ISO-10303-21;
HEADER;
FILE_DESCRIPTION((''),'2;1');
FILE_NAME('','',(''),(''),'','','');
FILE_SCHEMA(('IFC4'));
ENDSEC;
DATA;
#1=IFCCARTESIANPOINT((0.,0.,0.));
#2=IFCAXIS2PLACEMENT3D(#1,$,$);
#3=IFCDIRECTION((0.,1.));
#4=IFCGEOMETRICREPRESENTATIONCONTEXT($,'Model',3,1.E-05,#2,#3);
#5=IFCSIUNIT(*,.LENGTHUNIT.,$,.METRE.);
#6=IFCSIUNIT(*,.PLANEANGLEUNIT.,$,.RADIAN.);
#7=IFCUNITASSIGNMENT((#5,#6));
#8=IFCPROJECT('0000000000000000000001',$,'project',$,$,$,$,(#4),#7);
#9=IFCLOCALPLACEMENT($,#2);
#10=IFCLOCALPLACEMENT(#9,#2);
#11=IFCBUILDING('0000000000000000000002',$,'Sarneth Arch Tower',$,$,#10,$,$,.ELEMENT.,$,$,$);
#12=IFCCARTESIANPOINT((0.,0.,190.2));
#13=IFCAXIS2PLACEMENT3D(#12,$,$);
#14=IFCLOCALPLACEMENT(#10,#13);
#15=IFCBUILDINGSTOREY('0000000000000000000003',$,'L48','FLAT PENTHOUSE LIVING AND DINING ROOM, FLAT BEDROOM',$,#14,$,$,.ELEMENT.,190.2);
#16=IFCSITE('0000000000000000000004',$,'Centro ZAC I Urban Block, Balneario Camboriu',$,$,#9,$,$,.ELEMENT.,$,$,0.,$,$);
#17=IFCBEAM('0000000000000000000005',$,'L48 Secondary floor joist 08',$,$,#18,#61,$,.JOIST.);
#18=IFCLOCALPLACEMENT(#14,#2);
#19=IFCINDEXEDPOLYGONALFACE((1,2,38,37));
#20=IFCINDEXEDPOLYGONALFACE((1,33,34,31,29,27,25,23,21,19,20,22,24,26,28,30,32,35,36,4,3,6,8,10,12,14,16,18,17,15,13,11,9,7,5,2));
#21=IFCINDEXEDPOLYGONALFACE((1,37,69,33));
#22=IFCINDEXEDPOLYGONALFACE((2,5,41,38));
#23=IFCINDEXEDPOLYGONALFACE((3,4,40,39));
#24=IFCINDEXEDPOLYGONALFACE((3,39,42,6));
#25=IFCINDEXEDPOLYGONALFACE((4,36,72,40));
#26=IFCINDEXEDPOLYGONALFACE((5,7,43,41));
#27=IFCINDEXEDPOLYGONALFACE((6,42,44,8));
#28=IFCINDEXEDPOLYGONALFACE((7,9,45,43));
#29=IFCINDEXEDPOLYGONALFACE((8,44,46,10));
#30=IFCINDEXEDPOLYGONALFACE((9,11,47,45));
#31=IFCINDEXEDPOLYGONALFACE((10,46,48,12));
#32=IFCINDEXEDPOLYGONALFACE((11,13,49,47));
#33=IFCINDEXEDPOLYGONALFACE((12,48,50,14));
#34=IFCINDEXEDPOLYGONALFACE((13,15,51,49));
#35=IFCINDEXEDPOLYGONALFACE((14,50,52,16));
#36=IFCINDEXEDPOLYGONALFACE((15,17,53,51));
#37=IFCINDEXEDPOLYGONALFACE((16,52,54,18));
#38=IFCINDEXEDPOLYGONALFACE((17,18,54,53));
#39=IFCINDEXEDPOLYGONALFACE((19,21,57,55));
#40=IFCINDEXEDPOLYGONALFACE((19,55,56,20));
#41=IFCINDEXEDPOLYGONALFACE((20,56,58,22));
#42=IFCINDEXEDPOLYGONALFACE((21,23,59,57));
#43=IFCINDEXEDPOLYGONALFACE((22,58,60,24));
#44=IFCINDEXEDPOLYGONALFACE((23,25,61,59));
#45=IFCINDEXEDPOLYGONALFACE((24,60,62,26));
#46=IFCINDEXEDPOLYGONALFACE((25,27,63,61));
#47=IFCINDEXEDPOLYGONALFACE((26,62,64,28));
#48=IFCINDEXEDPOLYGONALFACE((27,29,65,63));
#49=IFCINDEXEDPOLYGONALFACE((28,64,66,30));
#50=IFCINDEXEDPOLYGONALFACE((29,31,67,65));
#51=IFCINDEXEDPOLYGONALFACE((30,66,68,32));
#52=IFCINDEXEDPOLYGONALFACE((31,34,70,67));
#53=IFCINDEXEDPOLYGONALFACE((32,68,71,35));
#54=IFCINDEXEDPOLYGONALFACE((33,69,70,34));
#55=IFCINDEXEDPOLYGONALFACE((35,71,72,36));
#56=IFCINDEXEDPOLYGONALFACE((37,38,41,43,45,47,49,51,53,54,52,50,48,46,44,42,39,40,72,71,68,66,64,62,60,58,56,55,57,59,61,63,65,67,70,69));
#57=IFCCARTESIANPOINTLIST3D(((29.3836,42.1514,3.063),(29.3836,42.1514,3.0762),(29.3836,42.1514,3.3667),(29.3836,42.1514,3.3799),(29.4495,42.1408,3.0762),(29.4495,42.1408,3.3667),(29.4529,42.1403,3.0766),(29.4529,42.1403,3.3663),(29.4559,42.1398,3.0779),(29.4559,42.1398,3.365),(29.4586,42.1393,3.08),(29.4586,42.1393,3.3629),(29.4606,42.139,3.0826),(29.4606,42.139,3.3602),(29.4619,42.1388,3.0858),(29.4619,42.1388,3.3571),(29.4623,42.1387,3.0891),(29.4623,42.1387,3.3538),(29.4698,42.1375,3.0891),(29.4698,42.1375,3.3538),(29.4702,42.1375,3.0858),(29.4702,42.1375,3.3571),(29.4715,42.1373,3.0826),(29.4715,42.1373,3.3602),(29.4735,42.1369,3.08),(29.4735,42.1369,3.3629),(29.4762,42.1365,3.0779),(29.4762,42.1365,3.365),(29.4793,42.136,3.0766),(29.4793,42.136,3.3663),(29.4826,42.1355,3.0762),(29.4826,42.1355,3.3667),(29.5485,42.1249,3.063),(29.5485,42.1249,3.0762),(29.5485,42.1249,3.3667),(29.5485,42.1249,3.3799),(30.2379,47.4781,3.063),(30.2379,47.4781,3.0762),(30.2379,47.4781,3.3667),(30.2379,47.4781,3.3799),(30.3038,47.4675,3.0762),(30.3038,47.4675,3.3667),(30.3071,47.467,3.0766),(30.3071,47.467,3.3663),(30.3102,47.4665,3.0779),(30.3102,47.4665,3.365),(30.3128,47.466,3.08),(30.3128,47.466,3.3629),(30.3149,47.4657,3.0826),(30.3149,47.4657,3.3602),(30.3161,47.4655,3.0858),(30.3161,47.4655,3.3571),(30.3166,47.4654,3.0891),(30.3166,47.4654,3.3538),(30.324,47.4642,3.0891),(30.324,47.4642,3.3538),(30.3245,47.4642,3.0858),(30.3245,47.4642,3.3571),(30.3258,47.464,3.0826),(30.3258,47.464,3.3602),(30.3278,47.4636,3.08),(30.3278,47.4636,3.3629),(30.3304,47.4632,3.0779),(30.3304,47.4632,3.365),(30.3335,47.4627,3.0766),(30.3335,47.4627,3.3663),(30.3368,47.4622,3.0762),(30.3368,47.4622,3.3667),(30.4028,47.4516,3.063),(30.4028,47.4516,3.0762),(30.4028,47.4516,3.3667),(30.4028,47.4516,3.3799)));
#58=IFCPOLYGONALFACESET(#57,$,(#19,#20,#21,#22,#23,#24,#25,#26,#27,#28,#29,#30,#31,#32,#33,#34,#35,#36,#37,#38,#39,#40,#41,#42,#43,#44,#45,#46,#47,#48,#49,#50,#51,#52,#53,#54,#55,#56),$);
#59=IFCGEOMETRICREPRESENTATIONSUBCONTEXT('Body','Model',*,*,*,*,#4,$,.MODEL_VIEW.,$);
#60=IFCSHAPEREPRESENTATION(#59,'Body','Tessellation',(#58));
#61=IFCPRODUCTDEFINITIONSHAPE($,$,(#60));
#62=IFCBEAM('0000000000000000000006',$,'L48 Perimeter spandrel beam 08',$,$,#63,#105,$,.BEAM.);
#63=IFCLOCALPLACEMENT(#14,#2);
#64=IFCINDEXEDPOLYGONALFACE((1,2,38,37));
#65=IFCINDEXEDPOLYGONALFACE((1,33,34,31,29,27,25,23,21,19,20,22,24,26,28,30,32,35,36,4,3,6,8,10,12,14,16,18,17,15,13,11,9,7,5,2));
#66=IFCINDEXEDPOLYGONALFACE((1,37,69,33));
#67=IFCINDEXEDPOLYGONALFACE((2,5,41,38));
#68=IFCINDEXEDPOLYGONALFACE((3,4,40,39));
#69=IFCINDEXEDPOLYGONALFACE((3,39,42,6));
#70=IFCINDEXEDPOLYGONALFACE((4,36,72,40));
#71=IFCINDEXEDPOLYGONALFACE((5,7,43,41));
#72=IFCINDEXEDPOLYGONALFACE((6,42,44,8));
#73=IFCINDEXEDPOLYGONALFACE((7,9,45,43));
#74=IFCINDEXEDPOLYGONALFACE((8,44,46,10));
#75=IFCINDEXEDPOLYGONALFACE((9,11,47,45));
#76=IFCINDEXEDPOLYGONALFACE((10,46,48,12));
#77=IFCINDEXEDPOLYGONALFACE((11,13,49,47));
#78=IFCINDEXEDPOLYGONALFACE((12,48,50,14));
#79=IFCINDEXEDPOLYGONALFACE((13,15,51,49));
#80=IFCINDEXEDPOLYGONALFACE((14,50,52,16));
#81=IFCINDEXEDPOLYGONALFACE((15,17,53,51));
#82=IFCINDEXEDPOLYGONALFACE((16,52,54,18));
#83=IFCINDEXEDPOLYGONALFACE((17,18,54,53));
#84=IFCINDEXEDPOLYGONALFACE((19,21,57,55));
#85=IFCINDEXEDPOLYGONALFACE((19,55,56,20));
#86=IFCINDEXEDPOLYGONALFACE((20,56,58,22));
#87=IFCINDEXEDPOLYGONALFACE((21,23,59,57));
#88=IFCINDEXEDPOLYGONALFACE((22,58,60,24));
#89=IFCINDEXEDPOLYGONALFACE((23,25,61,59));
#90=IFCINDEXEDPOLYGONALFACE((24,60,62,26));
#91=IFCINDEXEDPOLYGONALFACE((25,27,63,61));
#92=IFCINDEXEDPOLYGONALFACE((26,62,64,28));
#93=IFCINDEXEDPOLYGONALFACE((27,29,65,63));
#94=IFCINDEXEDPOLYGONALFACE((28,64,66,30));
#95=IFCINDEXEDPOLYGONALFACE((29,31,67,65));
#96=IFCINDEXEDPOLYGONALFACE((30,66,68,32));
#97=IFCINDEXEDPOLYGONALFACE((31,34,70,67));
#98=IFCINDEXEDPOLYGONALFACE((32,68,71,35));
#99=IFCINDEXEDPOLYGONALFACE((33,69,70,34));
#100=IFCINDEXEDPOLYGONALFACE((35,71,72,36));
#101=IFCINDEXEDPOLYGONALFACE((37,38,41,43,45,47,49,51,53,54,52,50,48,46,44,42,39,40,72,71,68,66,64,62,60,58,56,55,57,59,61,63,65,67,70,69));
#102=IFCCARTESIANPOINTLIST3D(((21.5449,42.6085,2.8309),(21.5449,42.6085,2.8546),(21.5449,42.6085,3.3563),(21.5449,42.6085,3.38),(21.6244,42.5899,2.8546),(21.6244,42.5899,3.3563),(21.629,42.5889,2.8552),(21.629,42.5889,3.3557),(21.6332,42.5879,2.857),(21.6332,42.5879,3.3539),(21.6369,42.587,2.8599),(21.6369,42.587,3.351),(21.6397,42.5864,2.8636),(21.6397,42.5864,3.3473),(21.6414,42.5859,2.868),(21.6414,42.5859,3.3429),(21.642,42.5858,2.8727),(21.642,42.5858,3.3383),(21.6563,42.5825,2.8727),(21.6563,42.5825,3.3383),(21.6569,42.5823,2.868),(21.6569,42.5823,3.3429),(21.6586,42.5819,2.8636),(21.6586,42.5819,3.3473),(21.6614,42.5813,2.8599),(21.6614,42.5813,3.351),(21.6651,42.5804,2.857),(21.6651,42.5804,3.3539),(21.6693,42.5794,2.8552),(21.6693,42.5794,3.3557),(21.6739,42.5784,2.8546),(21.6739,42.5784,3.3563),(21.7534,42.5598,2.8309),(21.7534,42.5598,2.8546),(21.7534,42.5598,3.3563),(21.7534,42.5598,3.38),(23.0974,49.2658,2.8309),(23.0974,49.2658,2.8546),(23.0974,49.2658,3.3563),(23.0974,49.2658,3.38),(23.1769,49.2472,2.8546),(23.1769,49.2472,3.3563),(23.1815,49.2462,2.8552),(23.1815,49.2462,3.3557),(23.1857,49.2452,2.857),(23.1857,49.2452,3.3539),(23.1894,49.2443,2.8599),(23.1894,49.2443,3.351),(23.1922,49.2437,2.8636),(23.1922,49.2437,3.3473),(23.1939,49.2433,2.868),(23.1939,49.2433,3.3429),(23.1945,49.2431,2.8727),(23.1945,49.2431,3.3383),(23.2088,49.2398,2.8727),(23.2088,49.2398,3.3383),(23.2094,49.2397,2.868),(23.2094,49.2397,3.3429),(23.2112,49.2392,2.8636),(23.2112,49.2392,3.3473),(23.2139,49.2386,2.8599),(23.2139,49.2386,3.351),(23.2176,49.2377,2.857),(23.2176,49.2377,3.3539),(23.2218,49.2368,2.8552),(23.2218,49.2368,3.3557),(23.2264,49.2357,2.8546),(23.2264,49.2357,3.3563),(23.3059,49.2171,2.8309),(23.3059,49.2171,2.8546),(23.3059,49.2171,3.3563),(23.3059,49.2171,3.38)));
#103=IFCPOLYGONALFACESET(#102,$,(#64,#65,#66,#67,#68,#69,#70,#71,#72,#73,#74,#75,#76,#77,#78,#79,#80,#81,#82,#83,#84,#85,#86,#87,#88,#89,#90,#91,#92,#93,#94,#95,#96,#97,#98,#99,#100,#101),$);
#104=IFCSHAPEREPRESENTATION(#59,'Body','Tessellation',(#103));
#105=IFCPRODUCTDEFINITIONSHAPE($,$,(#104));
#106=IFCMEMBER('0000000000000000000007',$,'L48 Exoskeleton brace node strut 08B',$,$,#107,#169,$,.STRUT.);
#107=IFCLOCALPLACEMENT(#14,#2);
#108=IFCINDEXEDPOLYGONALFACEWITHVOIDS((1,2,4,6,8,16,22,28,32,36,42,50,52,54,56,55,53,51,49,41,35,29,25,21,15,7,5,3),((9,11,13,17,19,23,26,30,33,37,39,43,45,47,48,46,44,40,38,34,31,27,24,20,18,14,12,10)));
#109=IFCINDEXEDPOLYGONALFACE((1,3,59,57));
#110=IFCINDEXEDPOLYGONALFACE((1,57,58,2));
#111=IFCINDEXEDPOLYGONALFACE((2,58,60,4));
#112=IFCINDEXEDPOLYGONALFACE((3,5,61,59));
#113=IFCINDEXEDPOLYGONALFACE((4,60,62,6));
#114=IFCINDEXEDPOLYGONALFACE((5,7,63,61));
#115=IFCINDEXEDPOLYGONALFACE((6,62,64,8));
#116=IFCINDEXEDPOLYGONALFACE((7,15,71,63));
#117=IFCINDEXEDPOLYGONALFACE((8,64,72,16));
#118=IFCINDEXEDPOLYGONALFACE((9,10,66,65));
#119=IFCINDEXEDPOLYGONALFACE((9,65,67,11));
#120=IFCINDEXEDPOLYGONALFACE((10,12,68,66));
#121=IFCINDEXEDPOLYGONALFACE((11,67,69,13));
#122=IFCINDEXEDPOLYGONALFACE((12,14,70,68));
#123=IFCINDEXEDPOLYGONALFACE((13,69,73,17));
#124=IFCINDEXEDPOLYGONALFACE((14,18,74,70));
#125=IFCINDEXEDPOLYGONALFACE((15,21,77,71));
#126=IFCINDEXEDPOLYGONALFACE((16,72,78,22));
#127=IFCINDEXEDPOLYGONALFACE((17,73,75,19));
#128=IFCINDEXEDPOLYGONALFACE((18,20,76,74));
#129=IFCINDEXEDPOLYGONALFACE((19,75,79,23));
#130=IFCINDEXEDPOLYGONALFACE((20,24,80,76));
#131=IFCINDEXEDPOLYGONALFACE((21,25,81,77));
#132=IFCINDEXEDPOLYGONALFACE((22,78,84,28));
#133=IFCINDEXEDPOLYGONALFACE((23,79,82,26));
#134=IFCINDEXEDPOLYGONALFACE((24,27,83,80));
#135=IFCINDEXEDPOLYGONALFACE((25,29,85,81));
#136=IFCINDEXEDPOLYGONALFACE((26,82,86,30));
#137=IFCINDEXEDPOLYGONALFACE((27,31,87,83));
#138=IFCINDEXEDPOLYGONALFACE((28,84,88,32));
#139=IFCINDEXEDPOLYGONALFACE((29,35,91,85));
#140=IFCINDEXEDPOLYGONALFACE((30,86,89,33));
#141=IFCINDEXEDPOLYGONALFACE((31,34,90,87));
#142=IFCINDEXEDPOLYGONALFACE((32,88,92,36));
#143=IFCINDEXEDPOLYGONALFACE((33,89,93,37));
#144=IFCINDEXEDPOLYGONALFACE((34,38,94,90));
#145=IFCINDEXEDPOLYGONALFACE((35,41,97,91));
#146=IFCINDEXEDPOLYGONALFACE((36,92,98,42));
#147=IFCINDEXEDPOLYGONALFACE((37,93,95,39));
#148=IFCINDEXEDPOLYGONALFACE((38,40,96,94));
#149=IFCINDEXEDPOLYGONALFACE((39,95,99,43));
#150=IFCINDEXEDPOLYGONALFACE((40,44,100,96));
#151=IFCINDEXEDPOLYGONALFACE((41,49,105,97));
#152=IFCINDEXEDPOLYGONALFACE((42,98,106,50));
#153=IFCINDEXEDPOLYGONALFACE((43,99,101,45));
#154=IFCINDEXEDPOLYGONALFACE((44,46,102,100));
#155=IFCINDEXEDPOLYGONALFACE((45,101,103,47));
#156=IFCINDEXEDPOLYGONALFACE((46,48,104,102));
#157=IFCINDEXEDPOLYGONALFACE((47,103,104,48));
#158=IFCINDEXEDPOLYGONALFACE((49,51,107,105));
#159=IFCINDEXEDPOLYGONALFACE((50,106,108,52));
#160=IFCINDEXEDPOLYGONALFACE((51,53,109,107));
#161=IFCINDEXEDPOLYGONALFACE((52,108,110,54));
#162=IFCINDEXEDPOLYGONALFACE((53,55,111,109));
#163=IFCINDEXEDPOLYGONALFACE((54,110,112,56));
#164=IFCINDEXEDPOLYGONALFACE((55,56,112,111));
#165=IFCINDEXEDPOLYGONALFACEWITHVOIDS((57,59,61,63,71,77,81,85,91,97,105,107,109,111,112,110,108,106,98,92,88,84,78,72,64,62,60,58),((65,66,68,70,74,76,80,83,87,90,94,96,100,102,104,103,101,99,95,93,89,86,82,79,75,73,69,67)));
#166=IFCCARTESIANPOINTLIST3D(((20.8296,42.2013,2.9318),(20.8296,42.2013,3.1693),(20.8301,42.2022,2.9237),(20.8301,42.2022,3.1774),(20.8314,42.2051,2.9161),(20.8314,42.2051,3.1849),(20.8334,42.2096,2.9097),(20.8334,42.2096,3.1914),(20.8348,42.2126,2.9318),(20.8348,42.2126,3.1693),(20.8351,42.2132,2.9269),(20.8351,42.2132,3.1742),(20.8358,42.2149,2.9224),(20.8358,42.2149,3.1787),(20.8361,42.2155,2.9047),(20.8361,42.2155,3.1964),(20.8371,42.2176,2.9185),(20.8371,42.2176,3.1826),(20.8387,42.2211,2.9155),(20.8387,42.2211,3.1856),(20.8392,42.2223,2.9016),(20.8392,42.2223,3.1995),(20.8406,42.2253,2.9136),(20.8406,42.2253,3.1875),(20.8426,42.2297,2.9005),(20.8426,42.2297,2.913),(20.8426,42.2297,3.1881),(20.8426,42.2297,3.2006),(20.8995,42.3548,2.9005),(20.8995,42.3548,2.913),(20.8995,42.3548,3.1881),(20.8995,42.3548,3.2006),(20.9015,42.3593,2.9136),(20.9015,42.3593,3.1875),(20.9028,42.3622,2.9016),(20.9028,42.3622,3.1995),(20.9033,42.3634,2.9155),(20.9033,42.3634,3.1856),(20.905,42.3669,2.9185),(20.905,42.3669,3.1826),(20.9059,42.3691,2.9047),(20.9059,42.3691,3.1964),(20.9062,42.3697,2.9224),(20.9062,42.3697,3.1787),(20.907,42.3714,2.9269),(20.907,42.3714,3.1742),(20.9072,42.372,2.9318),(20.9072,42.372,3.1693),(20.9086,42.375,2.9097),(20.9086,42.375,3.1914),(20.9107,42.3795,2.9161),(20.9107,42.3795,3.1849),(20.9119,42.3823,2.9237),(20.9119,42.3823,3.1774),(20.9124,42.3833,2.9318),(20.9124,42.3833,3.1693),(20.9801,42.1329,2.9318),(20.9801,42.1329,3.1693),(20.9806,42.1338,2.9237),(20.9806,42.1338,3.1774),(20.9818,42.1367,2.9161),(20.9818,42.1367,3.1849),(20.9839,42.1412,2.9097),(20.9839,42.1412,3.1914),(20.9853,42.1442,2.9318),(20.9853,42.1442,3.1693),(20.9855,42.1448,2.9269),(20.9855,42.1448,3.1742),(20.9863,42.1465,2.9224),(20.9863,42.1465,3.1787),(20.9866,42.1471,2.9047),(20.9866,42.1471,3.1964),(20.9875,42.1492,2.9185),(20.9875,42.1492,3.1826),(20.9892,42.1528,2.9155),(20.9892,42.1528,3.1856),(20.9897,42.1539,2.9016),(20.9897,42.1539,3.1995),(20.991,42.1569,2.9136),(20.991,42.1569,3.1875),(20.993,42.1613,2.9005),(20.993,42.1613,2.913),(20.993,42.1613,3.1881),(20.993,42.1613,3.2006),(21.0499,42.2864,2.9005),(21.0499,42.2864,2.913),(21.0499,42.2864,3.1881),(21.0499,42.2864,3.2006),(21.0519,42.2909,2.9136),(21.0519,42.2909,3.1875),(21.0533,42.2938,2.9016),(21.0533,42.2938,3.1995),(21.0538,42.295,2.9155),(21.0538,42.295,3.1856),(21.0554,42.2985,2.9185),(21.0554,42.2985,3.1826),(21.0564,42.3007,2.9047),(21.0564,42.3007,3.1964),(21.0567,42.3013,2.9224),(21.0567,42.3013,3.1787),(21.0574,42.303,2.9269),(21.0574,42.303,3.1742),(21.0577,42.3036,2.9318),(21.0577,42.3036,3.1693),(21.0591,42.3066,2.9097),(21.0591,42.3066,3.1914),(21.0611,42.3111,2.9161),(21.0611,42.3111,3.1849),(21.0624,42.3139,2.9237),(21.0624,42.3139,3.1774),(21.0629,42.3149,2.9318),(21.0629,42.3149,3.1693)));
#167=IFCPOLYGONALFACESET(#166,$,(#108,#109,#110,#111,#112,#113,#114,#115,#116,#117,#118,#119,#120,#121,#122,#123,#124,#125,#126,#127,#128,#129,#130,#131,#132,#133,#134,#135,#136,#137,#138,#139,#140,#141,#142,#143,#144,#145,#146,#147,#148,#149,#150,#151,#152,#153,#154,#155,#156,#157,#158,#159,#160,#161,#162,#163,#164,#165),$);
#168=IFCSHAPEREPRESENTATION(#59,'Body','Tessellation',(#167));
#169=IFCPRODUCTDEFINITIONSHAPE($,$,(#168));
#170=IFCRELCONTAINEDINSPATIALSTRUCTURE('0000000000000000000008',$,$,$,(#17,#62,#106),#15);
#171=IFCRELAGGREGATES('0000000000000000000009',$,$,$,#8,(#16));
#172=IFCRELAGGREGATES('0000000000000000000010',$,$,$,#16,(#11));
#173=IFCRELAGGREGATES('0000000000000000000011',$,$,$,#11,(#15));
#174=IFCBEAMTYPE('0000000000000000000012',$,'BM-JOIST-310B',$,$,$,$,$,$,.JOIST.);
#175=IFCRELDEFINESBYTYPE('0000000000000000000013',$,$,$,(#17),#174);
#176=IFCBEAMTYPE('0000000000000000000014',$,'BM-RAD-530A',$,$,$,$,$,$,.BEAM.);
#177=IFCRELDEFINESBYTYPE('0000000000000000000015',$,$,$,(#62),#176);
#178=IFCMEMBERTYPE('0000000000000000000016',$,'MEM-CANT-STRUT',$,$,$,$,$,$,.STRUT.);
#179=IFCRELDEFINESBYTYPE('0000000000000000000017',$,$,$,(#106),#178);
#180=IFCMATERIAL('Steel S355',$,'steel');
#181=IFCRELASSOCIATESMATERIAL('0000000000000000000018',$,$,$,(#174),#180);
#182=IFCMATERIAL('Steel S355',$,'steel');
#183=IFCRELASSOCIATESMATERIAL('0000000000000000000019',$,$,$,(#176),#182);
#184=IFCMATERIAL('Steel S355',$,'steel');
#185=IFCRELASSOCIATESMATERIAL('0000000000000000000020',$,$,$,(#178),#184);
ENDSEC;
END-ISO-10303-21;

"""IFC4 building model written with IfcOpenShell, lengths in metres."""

from ifc_helpers import new_model, si_unit, direction, frame, origin, origin_2d, place, context, subcontext, project, spatial, hollow_rectangle, i_section, extrude, material, material_profile, profile_set, type_object, element, save


model = new_model("IFC4")

# Units and contexts
model_context = context("Model", 3, precision=1e-05, world=origin(), true_north=direction((0.0, 1.0)))
body_context = subcontext(model_context, "Body", "Model", "MODEL_VIEW")
ifc_project = project(units=[si_unit("LENGTHUNIT", "METRE"), si_unit("PLANEANGLEUNIT", "RADIAN")], contexts=[model_context])

# Site, building, storey
site_placement = place(None, origin())
site = spatial("IfcSite", under=ifc_project, at=site_placement, Name="Centro ZAC I Urban Block, Balneario Camboriu", CompositionType="ELEMENT", RefElevation=0.0)
building_placement = place(site_placement, origin())
building = spatial("IfcBuilding", under=site, at=building_placement, Name="Sarneth Arch Tower", CompositionType="ELEMENT")
storey_placement = place(building_placement, frame((0.0, 0.0, 190.2)))
storey = spatial("IfcBuildingStorey", under=building, at=storey_placement, Name="L48", Description="FLAT PENTHOUSE LIVING AND DINING ROOM, FLAT BEDROOM", CompositionType="ELEMENT", Elevation=190.2)

# Beams
ifc_material_1 = material(Name="Steel S355", Category="steel")
ifc_material_profile_1 = material_profile(ifc_material_1, i_section(OverallWidth=0.167, OverallDepth=0.3169, WebThickness=0.0076, FlangeThickness=0.0132, FilletRadius=0.0129, at=origin_2d()), Name="W310x52")
ifc_profile_set_1 = profile_set([ifc_material_profile_1], Name="Steel S355")
beam_type_1 = type_object("IfcBeamType", Name="BM-JOIST-310B", PredefinedType="JOIST", material=ifc_profile_set_1)
beam_1_placement = place(storey_placement, frame((30.3203, 47.4648, 3.2214), z_axis=(-0.158349, -0.987383, 0.0), x_axis=(0.987383, -0.158349, 0.0)))
element("IfcBeam", 1, at=beam_1_placement, inside=storey, type_object=beam_type_1, Name="L48 Secondary floor joist 08", PredefinedType="JOIST", context=body_context, shape_type="SweptSolid", body=[
    extrude(i_section(OverallWidth=0.167, OverallDepth=0.3169, WebThickness=0.0076, FlangeThickness=0.0132, FilletRadius=0.0129, at=origin_2d()), origin(), (0.0, 0.0, 1.0), 5.3948),
])
ifc_material_2 = material(Name="Steel S355", Category="steel")
ifc_material_profile_2 = material_profile(ifc_material_2, i_section(OverallWidth=0.2141, OverallDepth=0.5491, WebThickness=0.0146, FlangeThickness=0.0237, FilletRadius=0.0181, at=origin_2d()), Name="W530x138")
ifc_profile_set_2 = profile_set([ifc_material_profile_2], Name="Steel S355")
beam_type_2 = type_object("IfcBeamType", Name="BM-RAD-530A", PredefinedType="BEAM", material=ifc_profile_set_2)
beam_2_placement = place(storey_placement, frame((23.2017, 49.2415, 3.1055), z_axis=(-0.22711, -0.973869, 0.0), x_axis=(0.973869, -0.22711, 0.0)))
element("IfcBeam", 2, at=beam_2_placement, inside=storey, type_object=beam_type_2, Name="L48 Perimeter spandrel beam 08", PredefinedType="BEAM", context=body_context, shape_type="SweptSolid", body=[
    extrude(i_section(OverallWidth=0.2141, OverallDepth=0.5491, WebThickness=0.0146, FlangeThickness=0.0237, FilletRadius=0.0181, at=origin_2d()), origin(), (0.0, 0.0, 1.0), 6.8359),
])

# Member
ifc_material_3 = material(Name="Steel S355", Category="steel")
ifc_material_profile_3 = material_profile(ifc_material_3, hollow_rectangle(XDim=0.2, YDim=0.3, WallThickness=0.0125, InnerFilletRadius=0.0188, OuterFilletRadius=0.0312, at=origin_2d()), Name="RHS300x200x12.5")
ifc_profile_set_3 = profile_set([ifc_material_profile_3], Name="Steel S355")
member_type_1 = type_object("IfcMemberType", Name="MEM-CANT-STRUT", PredefinedType="STRUT", material=ifc_profile_set_3)
member_1_placement = place(storey_placement, frame((21.0215, 42.2239, 3.0505), z_axis=(-0.910366, 0.413803, 0.0), x_axis=(-0.413803, -0.910366, 0.0)))
element("IfcMember", 3, at=member_1_placement, inside=storey, type_object=member_type_1, Name="L48 Exoskeleton brace node strut 08B", PredefinedType="STRUT", context=body_context, shape_type="SweptSolid", body=[
    extrude(hollow_rectangle(XDim=0.2, YDim=0.3, WallThickness=0.0125, InnerFilletRadius=0.0188, OuterFilletRadius=0.0312, at=origin_2d()), origin(), (0.0, 0.0, 1.0), 0.1653),
])

save(model, "model.ifc")
